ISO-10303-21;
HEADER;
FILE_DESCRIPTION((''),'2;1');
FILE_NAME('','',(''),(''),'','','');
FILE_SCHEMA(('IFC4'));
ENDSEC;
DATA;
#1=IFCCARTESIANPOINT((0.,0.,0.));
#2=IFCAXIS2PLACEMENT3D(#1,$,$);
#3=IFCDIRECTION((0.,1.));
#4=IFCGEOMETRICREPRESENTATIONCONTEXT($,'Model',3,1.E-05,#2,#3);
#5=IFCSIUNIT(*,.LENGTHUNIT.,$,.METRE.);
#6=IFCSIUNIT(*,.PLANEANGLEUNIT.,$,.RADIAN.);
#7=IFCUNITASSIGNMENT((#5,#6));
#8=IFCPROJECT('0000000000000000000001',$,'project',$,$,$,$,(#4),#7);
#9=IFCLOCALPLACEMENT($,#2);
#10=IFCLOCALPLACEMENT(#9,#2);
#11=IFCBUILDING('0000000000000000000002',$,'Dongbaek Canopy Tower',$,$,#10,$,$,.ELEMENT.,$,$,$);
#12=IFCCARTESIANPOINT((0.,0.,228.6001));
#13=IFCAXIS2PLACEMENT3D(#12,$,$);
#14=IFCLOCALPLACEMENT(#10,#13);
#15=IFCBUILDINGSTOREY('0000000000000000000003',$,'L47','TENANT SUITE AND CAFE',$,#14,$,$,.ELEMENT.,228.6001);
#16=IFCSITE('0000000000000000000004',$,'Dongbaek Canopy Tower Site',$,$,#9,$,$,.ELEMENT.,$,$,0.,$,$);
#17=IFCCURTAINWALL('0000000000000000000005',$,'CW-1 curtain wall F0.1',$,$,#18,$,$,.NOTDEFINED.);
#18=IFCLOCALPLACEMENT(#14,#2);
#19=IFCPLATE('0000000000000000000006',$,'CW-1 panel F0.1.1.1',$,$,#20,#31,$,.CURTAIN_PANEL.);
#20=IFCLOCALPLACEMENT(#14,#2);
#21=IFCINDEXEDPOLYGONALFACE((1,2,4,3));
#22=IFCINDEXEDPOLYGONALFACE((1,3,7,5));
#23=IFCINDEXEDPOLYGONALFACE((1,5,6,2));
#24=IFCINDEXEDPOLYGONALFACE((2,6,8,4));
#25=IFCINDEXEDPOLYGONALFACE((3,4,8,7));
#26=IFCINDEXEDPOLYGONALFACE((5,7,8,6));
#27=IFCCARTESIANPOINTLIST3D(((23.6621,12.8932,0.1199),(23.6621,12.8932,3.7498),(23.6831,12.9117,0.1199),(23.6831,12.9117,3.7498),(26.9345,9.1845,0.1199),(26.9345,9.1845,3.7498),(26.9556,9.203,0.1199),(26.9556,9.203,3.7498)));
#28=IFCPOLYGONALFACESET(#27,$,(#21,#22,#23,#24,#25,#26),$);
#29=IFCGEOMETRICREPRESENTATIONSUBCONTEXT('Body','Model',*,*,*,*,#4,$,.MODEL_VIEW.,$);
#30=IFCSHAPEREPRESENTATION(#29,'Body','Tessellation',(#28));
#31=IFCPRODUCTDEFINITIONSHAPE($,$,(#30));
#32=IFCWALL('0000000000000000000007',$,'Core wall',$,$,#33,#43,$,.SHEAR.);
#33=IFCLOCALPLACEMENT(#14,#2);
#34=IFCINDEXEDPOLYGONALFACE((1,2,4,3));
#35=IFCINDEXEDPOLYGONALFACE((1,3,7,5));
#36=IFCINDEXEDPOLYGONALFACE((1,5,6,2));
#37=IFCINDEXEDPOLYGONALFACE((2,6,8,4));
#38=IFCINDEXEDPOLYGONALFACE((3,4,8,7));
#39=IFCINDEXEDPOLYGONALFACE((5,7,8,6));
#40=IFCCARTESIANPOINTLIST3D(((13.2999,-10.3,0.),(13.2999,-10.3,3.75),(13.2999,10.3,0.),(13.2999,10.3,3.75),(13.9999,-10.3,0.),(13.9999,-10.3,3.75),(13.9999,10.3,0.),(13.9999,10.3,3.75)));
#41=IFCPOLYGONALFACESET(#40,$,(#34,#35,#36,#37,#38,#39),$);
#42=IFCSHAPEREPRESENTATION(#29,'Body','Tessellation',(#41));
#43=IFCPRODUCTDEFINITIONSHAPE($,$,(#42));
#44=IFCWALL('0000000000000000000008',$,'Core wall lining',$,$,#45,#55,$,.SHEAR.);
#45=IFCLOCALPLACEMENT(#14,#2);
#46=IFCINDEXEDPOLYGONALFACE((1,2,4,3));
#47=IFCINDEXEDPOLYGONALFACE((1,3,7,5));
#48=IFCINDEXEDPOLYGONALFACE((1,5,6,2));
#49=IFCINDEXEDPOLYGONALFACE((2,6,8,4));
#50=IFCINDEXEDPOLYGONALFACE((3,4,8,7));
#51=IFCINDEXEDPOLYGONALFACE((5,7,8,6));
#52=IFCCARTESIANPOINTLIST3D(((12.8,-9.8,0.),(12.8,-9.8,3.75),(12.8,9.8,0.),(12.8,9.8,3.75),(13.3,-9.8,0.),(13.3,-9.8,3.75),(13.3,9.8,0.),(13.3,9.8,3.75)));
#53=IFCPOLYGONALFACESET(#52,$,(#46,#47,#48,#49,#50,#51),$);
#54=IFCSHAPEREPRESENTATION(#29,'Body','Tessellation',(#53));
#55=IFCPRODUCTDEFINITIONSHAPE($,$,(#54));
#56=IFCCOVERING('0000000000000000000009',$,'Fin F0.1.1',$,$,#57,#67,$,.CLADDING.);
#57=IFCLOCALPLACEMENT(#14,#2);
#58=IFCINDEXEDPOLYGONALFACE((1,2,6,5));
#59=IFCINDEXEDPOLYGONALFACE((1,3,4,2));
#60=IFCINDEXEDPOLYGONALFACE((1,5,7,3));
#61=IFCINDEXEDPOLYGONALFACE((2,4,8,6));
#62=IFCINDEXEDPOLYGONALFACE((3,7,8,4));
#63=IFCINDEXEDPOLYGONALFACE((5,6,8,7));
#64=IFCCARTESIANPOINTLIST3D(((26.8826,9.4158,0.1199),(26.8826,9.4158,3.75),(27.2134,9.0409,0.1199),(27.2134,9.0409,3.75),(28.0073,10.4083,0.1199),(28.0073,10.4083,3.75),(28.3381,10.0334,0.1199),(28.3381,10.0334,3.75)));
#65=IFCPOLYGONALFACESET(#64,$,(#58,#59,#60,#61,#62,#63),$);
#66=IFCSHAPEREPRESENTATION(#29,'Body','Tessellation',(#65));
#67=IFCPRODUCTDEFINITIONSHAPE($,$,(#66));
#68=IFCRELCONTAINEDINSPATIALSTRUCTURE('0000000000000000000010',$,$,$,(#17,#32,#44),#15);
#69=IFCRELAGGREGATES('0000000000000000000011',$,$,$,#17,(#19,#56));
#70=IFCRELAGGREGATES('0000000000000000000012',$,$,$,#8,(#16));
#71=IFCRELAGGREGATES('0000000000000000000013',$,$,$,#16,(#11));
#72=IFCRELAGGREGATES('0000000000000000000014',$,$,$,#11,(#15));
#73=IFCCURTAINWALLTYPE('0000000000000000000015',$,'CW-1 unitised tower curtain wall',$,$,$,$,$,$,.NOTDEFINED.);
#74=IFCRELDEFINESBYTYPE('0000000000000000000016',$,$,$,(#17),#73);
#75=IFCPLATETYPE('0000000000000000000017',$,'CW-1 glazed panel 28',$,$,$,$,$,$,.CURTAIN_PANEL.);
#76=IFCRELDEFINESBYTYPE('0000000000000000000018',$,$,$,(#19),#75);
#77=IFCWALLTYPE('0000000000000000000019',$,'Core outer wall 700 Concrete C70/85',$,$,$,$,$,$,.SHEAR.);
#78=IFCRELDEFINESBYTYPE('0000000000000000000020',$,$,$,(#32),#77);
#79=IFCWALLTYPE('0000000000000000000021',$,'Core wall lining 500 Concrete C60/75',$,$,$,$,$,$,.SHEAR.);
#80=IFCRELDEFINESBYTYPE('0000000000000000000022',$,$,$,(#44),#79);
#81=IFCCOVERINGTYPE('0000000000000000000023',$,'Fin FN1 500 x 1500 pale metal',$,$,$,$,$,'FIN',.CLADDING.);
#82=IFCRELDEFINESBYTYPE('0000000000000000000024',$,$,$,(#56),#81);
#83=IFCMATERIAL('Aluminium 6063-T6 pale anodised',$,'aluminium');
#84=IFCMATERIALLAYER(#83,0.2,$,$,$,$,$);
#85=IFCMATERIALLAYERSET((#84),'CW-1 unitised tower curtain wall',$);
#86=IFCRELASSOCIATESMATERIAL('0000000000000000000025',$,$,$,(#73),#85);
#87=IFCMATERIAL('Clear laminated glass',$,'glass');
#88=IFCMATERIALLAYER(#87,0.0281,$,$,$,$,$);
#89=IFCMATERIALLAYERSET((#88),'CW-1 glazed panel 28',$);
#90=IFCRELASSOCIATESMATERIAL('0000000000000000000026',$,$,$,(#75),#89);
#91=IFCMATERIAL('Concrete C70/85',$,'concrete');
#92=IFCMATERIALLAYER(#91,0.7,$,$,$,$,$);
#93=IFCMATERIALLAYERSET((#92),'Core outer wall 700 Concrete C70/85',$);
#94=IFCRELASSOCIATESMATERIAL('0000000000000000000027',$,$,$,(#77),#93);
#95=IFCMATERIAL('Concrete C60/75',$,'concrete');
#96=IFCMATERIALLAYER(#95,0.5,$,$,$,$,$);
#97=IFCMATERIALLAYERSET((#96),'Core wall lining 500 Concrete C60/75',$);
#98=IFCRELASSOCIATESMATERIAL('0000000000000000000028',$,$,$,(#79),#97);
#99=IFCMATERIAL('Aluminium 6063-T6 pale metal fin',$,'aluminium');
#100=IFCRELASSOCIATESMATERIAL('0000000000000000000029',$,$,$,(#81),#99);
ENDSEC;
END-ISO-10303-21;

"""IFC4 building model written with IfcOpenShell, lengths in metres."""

from ifc_helpers import new_model, si_unit, direction, frame, frame_2d, origin, origin_2d, place, context, subcontext, project, spatial, rectangle, extrude, material, layer, layer_set, material_profile, profile_set, type_object, element, aggregate, save


model = new_model("IFC4")

# Units and contexts
model_context = context("Model", 3, precision=1e-05, world=origin(), true_north=direction((0.0, 1.0)))
body_context = subcontext(model_context, "Body", "Model", "MODEL_VIEW")
ifc_project = project(units=[si_unit("LENGTHUNIT", "METRE"), si_unit("PLANEANGLEUNIT", "RADIAN")], contexts=[model_context])

# Site, building, storey
site_placement = place(None, origin())
site = spatial("IfcSite", under=ifc_project, at=site_placement, Name="Dongbaek Canopy Tower Site", CompositionType="ELEMENT", RefElevation=0.0)
building_placement = place(site_placement, origin())
building = spatial("IfcBuilding", under=site, at=building_placement, Name="Dongbaek Canopy Tower", CompositionType="ELEMENT")
storey_placement = place(building_placement, frame((0.0, 0.0, 228.6001)))
storey = spatial("IfcBuildingStorey", under=building, at=storey_placement, Name="L47", Description="TENANT SUITE AND CAFE", CompositionType="ELEMENT", Elevation=228.6001)

# Shared definitions
ifc_material_1 = material(Name="Aluminium 6063-T6 pale anodised", Category="aluminium")
ifc_layer_1 = layer(ifc_material_1, 0.2)
ifc_layer_set_1 = layer_set([ifc_layer_1], Name="CW-1 unitised tower curtain wall")
curtain_wall_type = type_object("IfcCurtainWallType", Name="CW-1 unitised tower curtain wall", PredefinedType="NOTDEFINED", material=ifc_layer_set_1)

# Curtain wall
curtain_wall_1_placement = place(storey_placement, origin())
curtain_wall_1 = element("IfcCurtainWall", 1, at=curtain_wall_1_placement, inside=storey, type_object=curtain_wall_type, Name="CW-1 curtain wall F0.1", PredefinedType="NOTDEFINED")

# Plate
ifc_material_2 = material(Name="Clear laminated glass", Category="glass")
ifc_layer_2 = layer(ifc_material_2, 0.0281)
ifc_layer_set_2 = layer_set([ifc_layer_2], Name="CW-1 glazed panel 28")
plate_type = type_object("IfcPlateType", Name="CW-1 glazed panel 28", PredefinedType="CURTAIN_PANEL", material=ifc_layer_set_2)
plate_1_placement = place(storey_placement, frame((25.3088, 11.0481, 0.1199), z_axis=(0.0, 0.0, 1.0), x_axis=(-0.661631, 0.749829, 0.0)))
plate_1 = element("IfcPlate", 2, at=plate_1_placement, type_object=plate_type, Name="CW-1 panel F0.1.1.1", PredefinedType="CURTAIN_PANEL", context=body_context, shape_type="SweptSolid", body=[
    extrude(rectangle(XDim=4.946, YDim=0.0281, at=origin_2d()), origin(), (0.0, 0.0, 1.0), 3.6299),
])

# Walls
ifc_material_3 = material(Name="Concrete C70/85", Category="concrete")
ifc_layer_3 = layer(ifc_material_3, 0.7)
ifc_layer_set_3 = layer_set([ifc_layer_3], Name="Core outer wall 700 Concrete C70/85")
wall_type_1 = type_object("IfcWallType", Name="Core outer wall 700 Concrete C70/85", PredefinedType="SHEAR", material=ifc_layer_set_3)
wall_1_placement = place(storey_placement, frame((13.6499, 10.3, 0.0), z_axis=(0.0, 0.0, 1.0), x_axis=(0.0, -1.0, 0.0)))
element("IfcWall", 3, at=wall_1_placement, inside=storey, type_object=wall_type_1, Name="Core wall", PredefinedType="SHEAR", context=body_context, shape_type="SweptSolid", body=[
    extrude(rectangle(XDim=20.6001, YDim=0.7, at=frame_2d((10.3, 0.0))), origin(), (0.0, 0.0, 1.0), 3.75),
])
ifc_material_4 = material(Name="Concrete C60/75", Category="concrete")
ifc_layer_4 = layer(ifc_material_4, 0.5)
ifc_layer_set_4 = layer_set([ifc_layer_4], Name="Core wall lining 500 Concrete C60/75")
wall_type_2 = type_object("IfcWallType", Name="Core wall lining 500 Concrete C60/75", PredefinedType="SHEAR", material=ifc_layer_set_4)
wall_2_placement = place(storey_placement, frame((13.05, 9.8, 0.0), z_axis=(0.0, 0.0, 1.0), x_axis=(0.0, -1.0, 0.0)))
element("IfcWall", 4, at=wall_2_placement, inside=storey, type_object=wall_type_2, Name="Core wall lining", PredefinedType="SHEAR", context=body_context, shape_type="SweptSolid", body=[
    extrude(rectangle(XDim=19.6001, YDim=0.5, at=frame_2d((9.8, 0.0))), origin(), (0.0, 0.0, 1.0), 3.75),
])

# Covering
ifc_material_5 = material(Name="Aluminium 6063-T6 pale metal fin", Category="aluminium")
ifc_material_profile_1 = material_profile(ifc_material_5, rectangle(XDim=1.5, YDim=0.5, at=origin_2d()), Name="Fin FN1 500 x 1500 pale metal")
ifc_profile_set_1 = profile_set([ifc_material_profile_1], Name="Aluminium 6063-T6 pale metal fin")
covering_type = type_object("IfcCoveringType", Name="Fin FN1 500 x 1500 pale metal", ElementType="FIN", PredefinedType="CLADDING", material=ifc_profile_set_1)
covering_placement = place(storey_placement, frame((27.6104, 9.7246, 0.1199), z_axis=(0.0, 0.0, 1.0), x_axis=(0.749829, 0.661631, 0.0)))
covering = element("IfcCovering", 5, at=covering_placement, type_object=covering_type, Name="Fin F0.1.1", PredefinedType="CLADDING", context=body_context, shape_type="SweptSolid", body=[
    extrude(rectangle(XDim=1.5, YDim=0.5, at=origin_2d()), origin(), (0.0, 0.0, 1.0), 3.6301),
])
aggregate(curtain_wall_1, [plate_1, covering])

save(model, "model.ifc")
